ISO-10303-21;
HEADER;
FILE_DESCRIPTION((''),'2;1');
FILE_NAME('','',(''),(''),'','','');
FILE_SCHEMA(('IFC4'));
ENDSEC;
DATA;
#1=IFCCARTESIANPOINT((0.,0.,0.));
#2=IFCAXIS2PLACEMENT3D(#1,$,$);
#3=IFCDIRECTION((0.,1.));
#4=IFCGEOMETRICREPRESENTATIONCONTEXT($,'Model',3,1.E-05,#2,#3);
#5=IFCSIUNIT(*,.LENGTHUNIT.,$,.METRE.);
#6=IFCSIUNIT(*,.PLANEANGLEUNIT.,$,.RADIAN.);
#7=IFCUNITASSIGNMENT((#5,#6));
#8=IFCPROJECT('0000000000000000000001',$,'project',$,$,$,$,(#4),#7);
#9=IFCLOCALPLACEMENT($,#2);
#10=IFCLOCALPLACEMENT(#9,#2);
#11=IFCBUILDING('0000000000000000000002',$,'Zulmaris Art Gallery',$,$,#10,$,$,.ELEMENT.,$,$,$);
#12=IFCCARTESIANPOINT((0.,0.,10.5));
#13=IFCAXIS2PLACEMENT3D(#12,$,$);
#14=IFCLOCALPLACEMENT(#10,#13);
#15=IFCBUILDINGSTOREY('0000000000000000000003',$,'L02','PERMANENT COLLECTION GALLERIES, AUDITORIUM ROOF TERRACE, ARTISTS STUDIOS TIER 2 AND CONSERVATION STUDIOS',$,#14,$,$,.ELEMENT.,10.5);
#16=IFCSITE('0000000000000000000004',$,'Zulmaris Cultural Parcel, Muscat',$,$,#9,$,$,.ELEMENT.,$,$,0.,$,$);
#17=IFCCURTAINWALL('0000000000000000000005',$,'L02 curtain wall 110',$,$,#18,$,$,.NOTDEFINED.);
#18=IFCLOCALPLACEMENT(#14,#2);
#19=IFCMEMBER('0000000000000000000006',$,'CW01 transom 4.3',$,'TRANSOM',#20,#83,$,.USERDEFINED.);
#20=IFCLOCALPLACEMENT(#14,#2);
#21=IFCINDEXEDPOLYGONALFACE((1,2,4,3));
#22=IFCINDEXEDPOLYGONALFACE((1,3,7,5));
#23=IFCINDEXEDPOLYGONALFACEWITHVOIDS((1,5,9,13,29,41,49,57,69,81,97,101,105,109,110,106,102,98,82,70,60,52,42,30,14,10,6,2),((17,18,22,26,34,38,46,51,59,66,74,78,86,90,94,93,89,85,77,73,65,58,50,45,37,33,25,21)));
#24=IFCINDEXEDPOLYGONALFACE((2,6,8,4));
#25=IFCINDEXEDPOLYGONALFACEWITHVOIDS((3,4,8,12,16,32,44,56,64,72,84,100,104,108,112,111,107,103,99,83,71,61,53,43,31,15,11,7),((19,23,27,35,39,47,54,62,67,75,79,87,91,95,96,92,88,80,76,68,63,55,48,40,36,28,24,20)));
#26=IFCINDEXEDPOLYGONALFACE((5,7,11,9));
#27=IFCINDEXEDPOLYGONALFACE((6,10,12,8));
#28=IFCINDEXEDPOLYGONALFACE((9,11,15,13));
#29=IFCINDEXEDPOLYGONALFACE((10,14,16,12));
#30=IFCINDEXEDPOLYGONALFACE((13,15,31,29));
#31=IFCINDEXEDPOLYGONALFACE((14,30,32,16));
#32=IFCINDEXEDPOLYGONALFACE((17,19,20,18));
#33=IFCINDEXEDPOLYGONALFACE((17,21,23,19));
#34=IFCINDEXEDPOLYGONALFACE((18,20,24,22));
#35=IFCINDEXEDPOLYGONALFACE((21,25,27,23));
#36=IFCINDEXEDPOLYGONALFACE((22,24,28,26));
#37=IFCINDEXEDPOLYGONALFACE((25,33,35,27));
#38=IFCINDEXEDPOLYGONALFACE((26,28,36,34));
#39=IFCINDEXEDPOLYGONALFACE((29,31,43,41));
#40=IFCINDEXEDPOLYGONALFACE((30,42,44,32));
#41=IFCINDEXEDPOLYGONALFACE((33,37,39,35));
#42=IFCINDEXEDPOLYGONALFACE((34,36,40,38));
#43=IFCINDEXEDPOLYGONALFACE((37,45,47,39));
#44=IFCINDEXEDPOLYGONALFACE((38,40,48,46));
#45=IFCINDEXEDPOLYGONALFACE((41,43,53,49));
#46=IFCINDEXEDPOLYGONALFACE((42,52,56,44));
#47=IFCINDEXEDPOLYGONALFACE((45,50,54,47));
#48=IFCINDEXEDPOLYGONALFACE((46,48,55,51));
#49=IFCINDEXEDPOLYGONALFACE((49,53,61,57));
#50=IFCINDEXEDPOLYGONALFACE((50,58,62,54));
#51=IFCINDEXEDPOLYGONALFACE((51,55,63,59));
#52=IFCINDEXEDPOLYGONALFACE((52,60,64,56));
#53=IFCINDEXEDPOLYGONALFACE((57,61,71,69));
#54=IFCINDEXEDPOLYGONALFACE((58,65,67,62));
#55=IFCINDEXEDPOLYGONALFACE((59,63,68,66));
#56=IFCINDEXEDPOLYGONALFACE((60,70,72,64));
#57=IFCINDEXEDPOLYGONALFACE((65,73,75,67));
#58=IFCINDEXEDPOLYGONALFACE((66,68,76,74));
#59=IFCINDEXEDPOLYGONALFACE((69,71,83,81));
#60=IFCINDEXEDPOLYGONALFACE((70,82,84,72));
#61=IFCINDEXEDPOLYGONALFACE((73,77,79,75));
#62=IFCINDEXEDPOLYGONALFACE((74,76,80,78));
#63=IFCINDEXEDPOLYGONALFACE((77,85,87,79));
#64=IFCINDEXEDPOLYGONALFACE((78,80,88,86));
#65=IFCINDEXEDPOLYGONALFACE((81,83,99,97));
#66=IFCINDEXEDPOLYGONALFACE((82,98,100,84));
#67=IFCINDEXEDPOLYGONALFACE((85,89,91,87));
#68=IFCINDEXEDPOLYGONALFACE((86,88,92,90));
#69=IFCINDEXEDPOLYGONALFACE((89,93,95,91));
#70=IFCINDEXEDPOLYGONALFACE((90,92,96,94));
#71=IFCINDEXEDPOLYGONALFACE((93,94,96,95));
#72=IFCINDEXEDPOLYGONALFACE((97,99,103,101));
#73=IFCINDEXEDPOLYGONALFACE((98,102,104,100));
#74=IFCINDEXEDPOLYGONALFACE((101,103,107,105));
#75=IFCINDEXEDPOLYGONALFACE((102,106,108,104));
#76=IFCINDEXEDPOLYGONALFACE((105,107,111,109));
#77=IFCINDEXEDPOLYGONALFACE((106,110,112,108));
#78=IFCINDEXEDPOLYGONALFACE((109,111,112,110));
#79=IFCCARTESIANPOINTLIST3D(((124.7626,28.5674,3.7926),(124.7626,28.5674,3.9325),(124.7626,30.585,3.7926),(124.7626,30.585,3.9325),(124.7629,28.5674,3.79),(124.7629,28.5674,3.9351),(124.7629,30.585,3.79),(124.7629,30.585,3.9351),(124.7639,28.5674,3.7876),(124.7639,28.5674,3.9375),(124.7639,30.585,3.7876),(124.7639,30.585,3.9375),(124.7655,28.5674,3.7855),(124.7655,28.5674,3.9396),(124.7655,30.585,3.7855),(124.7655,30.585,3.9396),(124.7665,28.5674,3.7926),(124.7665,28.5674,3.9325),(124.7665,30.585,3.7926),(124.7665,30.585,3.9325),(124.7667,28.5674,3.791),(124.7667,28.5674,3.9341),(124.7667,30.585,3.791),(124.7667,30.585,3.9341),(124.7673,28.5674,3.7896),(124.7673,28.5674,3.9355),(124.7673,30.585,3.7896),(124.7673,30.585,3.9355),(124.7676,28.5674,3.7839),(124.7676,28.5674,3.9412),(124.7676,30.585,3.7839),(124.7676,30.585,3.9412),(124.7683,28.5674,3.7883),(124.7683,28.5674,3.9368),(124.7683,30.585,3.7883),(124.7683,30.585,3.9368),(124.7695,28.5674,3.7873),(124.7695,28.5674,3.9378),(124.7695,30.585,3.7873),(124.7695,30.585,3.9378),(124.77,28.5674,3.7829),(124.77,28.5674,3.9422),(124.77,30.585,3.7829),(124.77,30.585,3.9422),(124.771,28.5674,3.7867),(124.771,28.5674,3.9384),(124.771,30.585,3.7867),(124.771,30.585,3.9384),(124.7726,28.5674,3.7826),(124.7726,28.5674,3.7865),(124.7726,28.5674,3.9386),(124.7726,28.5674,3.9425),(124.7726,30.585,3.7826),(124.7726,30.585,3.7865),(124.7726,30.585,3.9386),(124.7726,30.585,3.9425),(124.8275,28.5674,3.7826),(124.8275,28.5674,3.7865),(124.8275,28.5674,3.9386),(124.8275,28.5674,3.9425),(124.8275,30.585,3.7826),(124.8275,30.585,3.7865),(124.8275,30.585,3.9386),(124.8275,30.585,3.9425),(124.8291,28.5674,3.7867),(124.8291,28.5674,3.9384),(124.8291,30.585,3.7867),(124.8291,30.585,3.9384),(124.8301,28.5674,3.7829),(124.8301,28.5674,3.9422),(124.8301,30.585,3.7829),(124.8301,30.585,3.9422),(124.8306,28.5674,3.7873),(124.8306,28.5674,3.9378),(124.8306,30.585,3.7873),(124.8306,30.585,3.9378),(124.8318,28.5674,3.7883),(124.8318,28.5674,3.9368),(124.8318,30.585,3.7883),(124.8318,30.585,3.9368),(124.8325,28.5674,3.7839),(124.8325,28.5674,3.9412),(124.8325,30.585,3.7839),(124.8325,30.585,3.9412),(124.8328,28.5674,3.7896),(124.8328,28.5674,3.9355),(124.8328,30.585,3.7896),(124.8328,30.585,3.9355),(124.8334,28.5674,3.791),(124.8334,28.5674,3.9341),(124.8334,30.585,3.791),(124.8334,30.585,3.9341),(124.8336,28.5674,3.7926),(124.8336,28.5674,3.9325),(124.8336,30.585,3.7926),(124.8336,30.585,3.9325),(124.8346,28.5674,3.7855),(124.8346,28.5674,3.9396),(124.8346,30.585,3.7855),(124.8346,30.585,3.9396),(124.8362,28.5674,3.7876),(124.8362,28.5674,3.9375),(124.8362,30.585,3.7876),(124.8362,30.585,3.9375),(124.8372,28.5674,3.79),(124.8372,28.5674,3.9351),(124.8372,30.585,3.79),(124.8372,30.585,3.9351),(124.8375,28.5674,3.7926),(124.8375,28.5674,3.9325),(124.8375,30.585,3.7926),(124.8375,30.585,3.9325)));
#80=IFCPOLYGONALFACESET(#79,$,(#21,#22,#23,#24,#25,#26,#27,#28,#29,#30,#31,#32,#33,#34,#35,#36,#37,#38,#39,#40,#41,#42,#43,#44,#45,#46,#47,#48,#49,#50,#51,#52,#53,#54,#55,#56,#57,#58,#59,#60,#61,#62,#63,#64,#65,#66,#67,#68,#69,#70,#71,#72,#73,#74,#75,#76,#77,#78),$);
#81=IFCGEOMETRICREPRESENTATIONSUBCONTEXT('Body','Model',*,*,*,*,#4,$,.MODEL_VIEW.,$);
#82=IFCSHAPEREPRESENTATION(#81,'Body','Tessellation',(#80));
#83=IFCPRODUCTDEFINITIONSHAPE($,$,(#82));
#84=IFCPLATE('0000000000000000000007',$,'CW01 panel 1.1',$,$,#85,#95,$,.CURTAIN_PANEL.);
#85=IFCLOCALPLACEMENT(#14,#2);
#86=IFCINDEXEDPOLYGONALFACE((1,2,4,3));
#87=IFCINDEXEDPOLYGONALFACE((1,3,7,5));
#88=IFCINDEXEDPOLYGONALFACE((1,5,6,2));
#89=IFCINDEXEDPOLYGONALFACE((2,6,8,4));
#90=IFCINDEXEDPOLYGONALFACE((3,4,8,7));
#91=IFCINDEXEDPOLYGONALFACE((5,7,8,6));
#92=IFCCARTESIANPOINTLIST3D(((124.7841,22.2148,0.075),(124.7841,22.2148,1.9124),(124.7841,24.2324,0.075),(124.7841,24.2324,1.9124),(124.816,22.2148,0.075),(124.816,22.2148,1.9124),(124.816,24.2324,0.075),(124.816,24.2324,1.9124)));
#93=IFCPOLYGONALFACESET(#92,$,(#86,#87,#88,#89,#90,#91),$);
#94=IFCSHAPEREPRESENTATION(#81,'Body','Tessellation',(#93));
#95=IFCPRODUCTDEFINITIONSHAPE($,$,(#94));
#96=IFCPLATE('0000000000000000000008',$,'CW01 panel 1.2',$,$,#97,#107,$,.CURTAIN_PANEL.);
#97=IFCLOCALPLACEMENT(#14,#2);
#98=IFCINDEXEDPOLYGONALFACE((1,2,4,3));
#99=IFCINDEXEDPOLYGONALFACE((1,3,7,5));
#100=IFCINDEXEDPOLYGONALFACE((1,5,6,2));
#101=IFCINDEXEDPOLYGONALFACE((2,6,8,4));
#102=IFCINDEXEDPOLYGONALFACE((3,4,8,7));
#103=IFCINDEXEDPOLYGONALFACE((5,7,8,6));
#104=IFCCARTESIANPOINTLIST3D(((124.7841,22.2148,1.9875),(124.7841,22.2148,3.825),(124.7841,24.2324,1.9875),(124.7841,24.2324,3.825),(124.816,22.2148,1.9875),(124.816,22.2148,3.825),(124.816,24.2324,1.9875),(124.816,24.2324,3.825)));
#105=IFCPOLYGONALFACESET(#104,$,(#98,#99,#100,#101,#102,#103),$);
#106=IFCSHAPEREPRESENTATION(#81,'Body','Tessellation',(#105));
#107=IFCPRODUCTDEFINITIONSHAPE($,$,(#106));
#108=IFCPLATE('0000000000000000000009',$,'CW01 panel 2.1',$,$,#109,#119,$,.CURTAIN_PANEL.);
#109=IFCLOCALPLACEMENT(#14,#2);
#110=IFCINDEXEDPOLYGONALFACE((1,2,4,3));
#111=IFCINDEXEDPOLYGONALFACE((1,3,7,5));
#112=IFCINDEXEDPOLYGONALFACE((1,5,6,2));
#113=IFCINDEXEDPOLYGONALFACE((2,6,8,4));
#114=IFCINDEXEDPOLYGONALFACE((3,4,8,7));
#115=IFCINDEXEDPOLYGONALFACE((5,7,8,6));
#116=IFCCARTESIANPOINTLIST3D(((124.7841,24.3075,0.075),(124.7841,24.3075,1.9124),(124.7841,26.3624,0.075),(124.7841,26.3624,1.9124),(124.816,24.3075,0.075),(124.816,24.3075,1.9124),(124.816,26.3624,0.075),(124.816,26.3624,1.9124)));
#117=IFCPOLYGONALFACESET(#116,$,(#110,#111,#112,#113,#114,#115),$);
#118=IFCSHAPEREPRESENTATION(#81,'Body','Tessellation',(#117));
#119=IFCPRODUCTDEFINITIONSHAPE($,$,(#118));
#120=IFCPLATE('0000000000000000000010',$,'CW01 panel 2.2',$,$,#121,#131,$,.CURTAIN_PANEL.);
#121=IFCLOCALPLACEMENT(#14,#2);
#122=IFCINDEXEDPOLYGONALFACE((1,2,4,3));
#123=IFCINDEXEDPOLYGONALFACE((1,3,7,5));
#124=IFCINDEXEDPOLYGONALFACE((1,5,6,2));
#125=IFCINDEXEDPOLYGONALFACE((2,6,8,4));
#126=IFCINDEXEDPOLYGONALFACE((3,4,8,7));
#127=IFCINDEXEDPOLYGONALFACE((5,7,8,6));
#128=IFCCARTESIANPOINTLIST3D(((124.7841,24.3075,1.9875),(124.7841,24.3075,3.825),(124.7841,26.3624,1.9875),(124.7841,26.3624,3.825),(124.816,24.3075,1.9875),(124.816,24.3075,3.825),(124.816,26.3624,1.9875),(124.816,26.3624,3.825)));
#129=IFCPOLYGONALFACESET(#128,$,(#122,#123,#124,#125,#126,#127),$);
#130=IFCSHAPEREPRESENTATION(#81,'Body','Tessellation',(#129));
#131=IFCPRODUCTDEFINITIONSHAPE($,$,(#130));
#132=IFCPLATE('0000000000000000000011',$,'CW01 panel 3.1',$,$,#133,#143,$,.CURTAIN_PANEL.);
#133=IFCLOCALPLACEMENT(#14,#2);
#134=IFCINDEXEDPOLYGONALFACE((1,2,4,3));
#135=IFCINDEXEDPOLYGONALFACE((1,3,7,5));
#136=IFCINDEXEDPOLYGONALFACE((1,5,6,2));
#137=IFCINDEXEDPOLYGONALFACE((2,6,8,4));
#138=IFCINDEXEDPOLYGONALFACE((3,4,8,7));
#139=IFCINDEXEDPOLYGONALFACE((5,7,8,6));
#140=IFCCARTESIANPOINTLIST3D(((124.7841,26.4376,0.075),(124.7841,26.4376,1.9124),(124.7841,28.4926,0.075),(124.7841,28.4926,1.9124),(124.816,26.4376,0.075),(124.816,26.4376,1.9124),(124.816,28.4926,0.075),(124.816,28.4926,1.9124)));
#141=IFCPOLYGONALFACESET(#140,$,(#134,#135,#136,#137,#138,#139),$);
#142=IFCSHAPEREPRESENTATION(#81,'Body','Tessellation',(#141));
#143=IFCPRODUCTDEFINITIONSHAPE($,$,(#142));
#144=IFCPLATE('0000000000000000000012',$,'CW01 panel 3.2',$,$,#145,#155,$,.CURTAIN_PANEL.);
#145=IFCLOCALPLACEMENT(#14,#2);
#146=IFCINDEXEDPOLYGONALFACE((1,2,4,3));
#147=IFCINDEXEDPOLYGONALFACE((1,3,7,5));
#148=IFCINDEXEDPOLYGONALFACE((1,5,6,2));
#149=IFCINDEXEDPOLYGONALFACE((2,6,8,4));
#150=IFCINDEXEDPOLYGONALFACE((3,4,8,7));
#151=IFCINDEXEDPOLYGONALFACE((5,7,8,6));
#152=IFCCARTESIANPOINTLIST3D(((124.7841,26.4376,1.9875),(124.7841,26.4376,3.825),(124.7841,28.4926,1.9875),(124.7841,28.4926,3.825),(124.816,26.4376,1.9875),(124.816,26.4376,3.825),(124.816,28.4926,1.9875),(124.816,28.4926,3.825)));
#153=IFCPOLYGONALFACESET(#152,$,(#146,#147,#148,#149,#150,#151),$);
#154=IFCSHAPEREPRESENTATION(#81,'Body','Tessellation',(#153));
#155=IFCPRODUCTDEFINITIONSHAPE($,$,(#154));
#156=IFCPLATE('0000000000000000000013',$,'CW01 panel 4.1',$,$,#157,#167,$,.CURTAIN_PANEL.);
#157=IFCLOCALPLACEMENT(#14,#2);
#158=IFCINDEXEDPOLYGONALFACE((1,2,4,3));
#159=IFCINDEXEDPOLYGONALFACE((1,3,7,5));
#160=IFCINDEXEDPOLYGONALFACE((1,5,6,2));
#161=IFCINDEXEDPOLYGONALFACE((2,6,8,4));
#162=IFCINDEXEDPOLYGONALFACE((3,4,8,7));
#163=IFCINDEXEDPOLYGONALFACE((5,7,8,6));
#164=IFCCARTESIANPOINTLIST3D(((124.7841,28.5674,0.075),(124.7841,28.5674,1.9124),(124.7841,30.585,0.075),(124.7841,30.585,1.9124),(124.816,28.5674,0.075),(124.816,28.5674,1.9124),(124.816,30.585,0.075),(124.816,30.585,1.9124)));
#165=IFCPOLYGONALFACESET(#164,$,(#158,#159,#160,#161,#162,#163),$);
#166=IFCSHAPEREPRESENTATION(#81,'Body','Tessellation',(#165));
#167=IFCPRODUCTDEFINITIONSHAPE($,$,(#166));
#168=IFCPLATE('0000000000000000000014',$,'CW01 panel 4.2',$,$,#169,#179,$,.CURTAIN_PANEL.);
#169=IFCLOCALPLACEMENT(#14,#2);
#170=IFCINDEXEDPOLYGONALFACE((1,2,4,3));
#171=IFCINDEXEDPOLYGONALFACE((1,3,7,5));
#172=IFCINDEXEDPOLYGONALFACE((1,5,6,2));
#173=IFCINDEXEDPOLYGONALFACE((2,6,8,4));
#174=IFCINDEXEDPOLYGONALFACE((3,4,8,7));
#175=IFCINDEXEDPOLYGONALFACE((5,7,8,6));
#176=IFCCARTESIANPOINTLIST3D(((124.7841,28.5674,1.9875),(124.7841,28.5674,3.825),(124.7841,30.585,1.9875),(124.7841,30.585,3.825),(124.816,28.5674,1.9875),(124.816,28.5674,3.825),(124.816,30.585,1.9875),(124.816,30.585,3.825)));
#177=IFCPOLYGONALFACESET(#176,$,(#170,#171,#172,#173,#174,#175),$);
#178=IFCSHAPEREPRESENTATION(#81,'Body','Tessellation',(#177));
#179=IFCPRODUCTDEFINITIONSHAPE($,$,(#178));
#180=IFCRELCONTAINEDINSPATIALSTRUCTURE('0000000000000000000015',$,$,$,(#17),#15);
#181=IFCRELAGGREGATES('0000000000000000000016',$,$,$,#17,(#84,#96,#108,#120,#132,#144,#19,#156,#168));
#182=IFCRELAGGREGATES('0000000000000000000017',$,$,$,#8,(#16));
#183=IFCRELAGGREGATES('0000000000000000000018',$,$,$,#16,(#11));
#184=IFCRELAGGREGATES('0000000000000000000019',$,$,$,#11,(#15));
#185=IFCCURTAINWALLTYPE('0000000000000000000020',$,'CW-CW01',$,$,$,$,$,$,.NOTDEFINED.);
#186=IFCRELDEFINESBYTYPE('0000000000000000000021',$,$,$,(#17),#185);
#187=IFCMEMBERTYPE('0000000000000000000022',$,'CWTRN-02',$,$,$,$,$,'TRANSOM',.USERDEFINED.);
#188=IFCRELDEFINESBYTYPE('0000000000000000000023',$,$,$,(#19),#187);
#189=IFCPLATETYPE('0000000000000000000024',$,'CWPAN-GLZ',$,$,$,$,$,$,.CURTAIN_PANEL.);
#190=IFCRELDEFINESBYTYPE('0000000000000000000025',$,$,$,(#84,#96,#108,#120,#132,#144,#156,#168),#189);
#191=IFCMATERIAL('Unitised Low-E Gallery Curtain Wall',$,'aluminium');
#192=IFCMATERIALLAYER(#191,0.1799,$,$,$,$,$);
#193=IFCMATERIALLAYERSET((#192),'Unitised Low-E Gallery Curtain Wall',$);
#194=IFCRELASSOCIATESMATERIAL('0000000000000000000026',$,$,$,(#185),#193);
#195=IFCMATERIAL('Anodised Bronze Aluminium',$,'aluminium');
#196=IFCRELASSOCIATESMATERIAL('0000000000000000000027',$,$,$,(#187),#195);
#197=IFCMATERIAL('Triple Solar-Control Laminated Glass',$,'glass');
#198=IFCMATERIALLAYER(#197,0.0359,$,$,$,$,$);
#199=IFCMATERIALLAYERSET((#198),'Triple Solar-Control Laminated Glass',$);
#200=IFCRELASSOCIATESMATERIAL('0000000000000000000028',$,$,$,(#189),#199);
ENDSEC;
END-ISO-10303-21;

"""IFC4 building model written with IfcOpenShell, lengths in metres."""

from ifc_helpers import new_model, si_unit, direction, frame, origin, origin_2d, place, context, subcontext, project, spatial, rectangle, hollow_rectangle, extrude, material, layer, layer_set, material_profile, profile_set, type_object, element, aggregate, save


model = new_model("IFC4")

# Units and contexts
model_context = context("Model", 3, precision=1e-05, world=origin(), true_north=direction((0.0, 1.0)))
body_context = subcontext(model_context, "Body", "Model", "MODEL_VIEW")
ifc_project = project(units=[si_unit("LENGTHUNIT", "METRE"), si_unit("PLANEANGLEUNIT", "RADIAN")], contexts=[model_context])

# Site, building, storey
site_placement = place(None, origin())
site = spatial("IfcSite", under=ifc_project, at=site_placement, Name="Zulmaris Cultural Parcel, Muscat", CompositionType="ELEMENT", RefElevation=0.0)
building_placement = place(site_placement, origin())
building = spatial("IfcBuilding", under=site, at=building_placement, Name="Zulmaris Art Gallery", CompositionType="ELEMENT")
storey_placement = place(building_placement, frame((0.0, 0.0, 10.5)))
storey = spatial("IfcBuildingStorey", under=building, at=storey_placement, Name="L02", Description="PERMANENT COLLECTION GALLERIES, AUDITORIUM ROOF TERRACE, ARTISTS STUDIOS TIER 2 AND CONSERVATION STUDIOS", CompositionType="ELEMENT", Elevation=10.5)

# Curtain wall, member, plates
ifc_material_1 = material(Name="Unitised Low-E Gallery Curtain Wall", Category="aluminium")
ifc_layer_1 = layer(ifc_material_1, 0.1799)
ifc_layer_set_1 = layer_set([ifc_layer_1], Name="Unitised Low-E Gallery Curtain Wall")
curtain_wall_type = type_object("IfcCurtainWallType", Name="CW-CW01", PredefinedType="NOTDEFINED", material=ifc_layer_set_1)
curtain_wall_placement = place(storey_placement, origin())
curtain_wall = element("IfcCurtainWall", 1, at=curtain_wall_placement, inside=storey, type_object=curtain_wall_type, Name="L02 curtain wall 110", PredefinedType="NOTDEFINED")
ifc_material_2 = material(Name="Anodised Bronze Aluminium", Category="aluminium")
ifc_material_profile_1 = material_profile(ifc_material_2, hollow_rectangle(XDim=0.075, YDim=0.1599, WallThickness=0.0039, InnerFilletRadius=0.0061, OuterFilletRadius=0.01, at=origin_2d()), Name="ALU 75x160x4")
ifc_profile_set_1 = profile_set([ifc_material_profile_1], Name="Anodised Bronze Aluminium")
member_type_1 = type_object("IfcMemberType", Name="CWTRN-02", ElementType="TRANSOM", PredefinedType="USERDEFINED", material=ifc_profile_set_1)
member_1_placement = place(storey_placement, frame((124.8, 28.5674, 3.8625), z_axis=(0.0, 1.0, 0.0), x_axis=(-1.0, 0.0, 0.0)))
member_1 = element("IfcMember", 2, at=member_1_placement, type_object=member_type_1, Name="CW01 transom 4.3", ObjectType="TRANSOM", PredefinedType="USERDEFINED", context=body_context, shape_type="SweptSolid", body=[
    extrude(hollow_rectangle(XDim=0.075, YDim=0.1599, WallThickness=0.0039, InnerFilletRadius=0.0061, OuterFilletRadius=0.01, at=origin_2d()), origin(), (0.0, 0.0, 1.0), 2.0176),
])
ifc_material_3 = material(Name="Triple Solar-Control Laminated Glass", Category="glass")
ifc_layer_2 = layer(ifc_material_3, 0.0359)
ifc_layer_set_2 = layer_set([ifc_layer_2], Name="Triple Solar-Control Laminated Glass")
plate_type = type_object("IfcPlateType", Name="CWPAN-GLZ", PredefinedType="CURTAIN_PANEL", material=ifc_layer_set_2)
plate_1_placement = place(storey_placement, frame((124.8, 23.2236, 0.075), z_axis=(0.0, 0.0, 1.0), x_axis=(0.0, 1.0, 0.0)))
plate_1 = element("IfcPlate", 3, at=plate_1_placement, type_object=plate_type, Name="CW01 panel 1.1", PredefinedType="CURTAIN_PANEL", context=body_context, shape_type="SweptSolid", body=[
    extrude(rectangle(XDim=2.0176, YDim=0.032, at=origin_2d()), origin(), (0.0, 0.0, 1.0), 1.8374),
])
plate_2_placement = place(storey_placement, frame((124.8, 23.2236, 1.9875), z_axis=(0.0, 0.0, 1.0), x_axis=(0.0, 1.0, 0.0)))
plate_2 = element("IfcPlate", 4, at=plate_2_placement, type_object=plate_type, Name="CW01 panel 1.2", PredefinedType="CURTAIN_PANEL", context=body_context, shape_type="SweptSolid", body=[
    extrude(rectangle(XDim=2.0176, YDim=0.032, at=origin_2d()), origin(), (0.0, 0.0, 1.0), 1.8374),
])
plate_3_placement = place(storey_placement, frame((124.8, 25.335, 0.075), z_axis=(0.0, 0.0, 1.0), x_axis=(0.0, 1.0, 0.0)))
plate_3 = element("IfcPlate", 5, at=plate_3_placement, type_object=plate_type, Name="CW01 panel 2.1", PredefinedType="CURTAIN_PANEL", context=body_context, shape_type="SweptSolid", body=[
    extrude(rectangle(XDim=2.0549, YDim=0.032, at=origin_2d()), origin(), (0.0, 0.0, 1.0), 1.8374),
])
plate_4_placement = place(storey_placement, frame((124.8, 25.335, 1.9875), z_axis=(0.0, 0.0, 1.0), x_axis=(0.0, 1.0, 0.0)))
plate_4 = element("IfcPlate", 6, at=plate_4_placement, type_object=plate_type, Name="CW01 panel 2.2", PredefinedType="CURTAIN_PANEL", context=body_context, shape_type="SweptSolid", body=[
    extrude(rectangle(XDim=2.0549, YDim=0.032, at=origin_2d()), origin(), (0.0, 0.0, 1.0), 1.8374),
])
plate_5_placement = place(storey_placement, frame((124.8, 27.4651, 0.075), z_axis=(0.0, 0.0, 1.0), x_axis=(0.0, 1.0, 0.0)))
plate_5 = element("IfcPlate", 7, at=plate_5_placement, type_object=plate_type, Name="CW01 panel 3.1", PredefinedType="CURTAIN_PANEL", context=body_context, shape_type="SweptSolid", body=[
    extrude(rectangle(XDim=2.0549, YDim=0.032, at=origin_2d()), origin(), (0.0, 0.0, 1.0), 1.8374),
])
plate_6_placement = place(storey_placement, frame((124.8, 27.4651, 1.9875), z_axis=(0.0, 0.0, 1.0), x_axis=(0.0, 1.0, 0.0)))
plate_6 = element("IfcPlate", 8, at=plate_6_placement, type_object=plate_type, Name="CW01 panel 3.2", PredefinedType="CURTAIN_PANEL", context=body_context, shape_type="SweptSolid", body=[
    extrude(rectangle(XDim=2.0549, YDim=0.032, at=origin_2d()), origin(), (0.0, 0.0, 1.0), 1.8374),
])
plate_7_placement = place(storey_placement, frame((124.8, 29.5762, 0.075), z_axis=(0.0, 0.0, 1.0), x_axis=(0.0, 1.0, 0.0)))
plate_7 = element("IfcPlate", 9, at=plate_7_placement, type_object=plate_type, Name="CW01 panel 4.1", PredefinedType="CURTAIN_PANEL", context=body_context, shape_type="SweptSolid", body=[
    extrude(rectangle(XDim=2.0176, YDim=0.032, at=origin_2d()), origin(), (0.0, 0.0, 1.0), 1.8374),
])
plate_8_placement = place(storey_placement, frame((124.8, 29.5762, 1.9875), z_axis=(0.0, 0.0, 1.0), x_axis=(0.0, 1.0, 0.0)))
plate_8 = element("IfcPlate", 10, at=plate_8_placement, type_object=plate_type, Name="CW01 panel 4.2", PredefinedType="CURTAIN_PANEL", context=body_context, shape_type="SweptSolid", body=[
    extrude(rectangle(XDim=2.0176, YDim=0.032, at=origin_2d()), origin(), (0.0, 0.0, 1.0), 1.8374),
])
aggregate(curtain_wall, [plate_1, plate_2, plate_3, plate_4, plate_5, plate_6, member_1, plate_7, plate_8])

save(model, "model.ifc")
